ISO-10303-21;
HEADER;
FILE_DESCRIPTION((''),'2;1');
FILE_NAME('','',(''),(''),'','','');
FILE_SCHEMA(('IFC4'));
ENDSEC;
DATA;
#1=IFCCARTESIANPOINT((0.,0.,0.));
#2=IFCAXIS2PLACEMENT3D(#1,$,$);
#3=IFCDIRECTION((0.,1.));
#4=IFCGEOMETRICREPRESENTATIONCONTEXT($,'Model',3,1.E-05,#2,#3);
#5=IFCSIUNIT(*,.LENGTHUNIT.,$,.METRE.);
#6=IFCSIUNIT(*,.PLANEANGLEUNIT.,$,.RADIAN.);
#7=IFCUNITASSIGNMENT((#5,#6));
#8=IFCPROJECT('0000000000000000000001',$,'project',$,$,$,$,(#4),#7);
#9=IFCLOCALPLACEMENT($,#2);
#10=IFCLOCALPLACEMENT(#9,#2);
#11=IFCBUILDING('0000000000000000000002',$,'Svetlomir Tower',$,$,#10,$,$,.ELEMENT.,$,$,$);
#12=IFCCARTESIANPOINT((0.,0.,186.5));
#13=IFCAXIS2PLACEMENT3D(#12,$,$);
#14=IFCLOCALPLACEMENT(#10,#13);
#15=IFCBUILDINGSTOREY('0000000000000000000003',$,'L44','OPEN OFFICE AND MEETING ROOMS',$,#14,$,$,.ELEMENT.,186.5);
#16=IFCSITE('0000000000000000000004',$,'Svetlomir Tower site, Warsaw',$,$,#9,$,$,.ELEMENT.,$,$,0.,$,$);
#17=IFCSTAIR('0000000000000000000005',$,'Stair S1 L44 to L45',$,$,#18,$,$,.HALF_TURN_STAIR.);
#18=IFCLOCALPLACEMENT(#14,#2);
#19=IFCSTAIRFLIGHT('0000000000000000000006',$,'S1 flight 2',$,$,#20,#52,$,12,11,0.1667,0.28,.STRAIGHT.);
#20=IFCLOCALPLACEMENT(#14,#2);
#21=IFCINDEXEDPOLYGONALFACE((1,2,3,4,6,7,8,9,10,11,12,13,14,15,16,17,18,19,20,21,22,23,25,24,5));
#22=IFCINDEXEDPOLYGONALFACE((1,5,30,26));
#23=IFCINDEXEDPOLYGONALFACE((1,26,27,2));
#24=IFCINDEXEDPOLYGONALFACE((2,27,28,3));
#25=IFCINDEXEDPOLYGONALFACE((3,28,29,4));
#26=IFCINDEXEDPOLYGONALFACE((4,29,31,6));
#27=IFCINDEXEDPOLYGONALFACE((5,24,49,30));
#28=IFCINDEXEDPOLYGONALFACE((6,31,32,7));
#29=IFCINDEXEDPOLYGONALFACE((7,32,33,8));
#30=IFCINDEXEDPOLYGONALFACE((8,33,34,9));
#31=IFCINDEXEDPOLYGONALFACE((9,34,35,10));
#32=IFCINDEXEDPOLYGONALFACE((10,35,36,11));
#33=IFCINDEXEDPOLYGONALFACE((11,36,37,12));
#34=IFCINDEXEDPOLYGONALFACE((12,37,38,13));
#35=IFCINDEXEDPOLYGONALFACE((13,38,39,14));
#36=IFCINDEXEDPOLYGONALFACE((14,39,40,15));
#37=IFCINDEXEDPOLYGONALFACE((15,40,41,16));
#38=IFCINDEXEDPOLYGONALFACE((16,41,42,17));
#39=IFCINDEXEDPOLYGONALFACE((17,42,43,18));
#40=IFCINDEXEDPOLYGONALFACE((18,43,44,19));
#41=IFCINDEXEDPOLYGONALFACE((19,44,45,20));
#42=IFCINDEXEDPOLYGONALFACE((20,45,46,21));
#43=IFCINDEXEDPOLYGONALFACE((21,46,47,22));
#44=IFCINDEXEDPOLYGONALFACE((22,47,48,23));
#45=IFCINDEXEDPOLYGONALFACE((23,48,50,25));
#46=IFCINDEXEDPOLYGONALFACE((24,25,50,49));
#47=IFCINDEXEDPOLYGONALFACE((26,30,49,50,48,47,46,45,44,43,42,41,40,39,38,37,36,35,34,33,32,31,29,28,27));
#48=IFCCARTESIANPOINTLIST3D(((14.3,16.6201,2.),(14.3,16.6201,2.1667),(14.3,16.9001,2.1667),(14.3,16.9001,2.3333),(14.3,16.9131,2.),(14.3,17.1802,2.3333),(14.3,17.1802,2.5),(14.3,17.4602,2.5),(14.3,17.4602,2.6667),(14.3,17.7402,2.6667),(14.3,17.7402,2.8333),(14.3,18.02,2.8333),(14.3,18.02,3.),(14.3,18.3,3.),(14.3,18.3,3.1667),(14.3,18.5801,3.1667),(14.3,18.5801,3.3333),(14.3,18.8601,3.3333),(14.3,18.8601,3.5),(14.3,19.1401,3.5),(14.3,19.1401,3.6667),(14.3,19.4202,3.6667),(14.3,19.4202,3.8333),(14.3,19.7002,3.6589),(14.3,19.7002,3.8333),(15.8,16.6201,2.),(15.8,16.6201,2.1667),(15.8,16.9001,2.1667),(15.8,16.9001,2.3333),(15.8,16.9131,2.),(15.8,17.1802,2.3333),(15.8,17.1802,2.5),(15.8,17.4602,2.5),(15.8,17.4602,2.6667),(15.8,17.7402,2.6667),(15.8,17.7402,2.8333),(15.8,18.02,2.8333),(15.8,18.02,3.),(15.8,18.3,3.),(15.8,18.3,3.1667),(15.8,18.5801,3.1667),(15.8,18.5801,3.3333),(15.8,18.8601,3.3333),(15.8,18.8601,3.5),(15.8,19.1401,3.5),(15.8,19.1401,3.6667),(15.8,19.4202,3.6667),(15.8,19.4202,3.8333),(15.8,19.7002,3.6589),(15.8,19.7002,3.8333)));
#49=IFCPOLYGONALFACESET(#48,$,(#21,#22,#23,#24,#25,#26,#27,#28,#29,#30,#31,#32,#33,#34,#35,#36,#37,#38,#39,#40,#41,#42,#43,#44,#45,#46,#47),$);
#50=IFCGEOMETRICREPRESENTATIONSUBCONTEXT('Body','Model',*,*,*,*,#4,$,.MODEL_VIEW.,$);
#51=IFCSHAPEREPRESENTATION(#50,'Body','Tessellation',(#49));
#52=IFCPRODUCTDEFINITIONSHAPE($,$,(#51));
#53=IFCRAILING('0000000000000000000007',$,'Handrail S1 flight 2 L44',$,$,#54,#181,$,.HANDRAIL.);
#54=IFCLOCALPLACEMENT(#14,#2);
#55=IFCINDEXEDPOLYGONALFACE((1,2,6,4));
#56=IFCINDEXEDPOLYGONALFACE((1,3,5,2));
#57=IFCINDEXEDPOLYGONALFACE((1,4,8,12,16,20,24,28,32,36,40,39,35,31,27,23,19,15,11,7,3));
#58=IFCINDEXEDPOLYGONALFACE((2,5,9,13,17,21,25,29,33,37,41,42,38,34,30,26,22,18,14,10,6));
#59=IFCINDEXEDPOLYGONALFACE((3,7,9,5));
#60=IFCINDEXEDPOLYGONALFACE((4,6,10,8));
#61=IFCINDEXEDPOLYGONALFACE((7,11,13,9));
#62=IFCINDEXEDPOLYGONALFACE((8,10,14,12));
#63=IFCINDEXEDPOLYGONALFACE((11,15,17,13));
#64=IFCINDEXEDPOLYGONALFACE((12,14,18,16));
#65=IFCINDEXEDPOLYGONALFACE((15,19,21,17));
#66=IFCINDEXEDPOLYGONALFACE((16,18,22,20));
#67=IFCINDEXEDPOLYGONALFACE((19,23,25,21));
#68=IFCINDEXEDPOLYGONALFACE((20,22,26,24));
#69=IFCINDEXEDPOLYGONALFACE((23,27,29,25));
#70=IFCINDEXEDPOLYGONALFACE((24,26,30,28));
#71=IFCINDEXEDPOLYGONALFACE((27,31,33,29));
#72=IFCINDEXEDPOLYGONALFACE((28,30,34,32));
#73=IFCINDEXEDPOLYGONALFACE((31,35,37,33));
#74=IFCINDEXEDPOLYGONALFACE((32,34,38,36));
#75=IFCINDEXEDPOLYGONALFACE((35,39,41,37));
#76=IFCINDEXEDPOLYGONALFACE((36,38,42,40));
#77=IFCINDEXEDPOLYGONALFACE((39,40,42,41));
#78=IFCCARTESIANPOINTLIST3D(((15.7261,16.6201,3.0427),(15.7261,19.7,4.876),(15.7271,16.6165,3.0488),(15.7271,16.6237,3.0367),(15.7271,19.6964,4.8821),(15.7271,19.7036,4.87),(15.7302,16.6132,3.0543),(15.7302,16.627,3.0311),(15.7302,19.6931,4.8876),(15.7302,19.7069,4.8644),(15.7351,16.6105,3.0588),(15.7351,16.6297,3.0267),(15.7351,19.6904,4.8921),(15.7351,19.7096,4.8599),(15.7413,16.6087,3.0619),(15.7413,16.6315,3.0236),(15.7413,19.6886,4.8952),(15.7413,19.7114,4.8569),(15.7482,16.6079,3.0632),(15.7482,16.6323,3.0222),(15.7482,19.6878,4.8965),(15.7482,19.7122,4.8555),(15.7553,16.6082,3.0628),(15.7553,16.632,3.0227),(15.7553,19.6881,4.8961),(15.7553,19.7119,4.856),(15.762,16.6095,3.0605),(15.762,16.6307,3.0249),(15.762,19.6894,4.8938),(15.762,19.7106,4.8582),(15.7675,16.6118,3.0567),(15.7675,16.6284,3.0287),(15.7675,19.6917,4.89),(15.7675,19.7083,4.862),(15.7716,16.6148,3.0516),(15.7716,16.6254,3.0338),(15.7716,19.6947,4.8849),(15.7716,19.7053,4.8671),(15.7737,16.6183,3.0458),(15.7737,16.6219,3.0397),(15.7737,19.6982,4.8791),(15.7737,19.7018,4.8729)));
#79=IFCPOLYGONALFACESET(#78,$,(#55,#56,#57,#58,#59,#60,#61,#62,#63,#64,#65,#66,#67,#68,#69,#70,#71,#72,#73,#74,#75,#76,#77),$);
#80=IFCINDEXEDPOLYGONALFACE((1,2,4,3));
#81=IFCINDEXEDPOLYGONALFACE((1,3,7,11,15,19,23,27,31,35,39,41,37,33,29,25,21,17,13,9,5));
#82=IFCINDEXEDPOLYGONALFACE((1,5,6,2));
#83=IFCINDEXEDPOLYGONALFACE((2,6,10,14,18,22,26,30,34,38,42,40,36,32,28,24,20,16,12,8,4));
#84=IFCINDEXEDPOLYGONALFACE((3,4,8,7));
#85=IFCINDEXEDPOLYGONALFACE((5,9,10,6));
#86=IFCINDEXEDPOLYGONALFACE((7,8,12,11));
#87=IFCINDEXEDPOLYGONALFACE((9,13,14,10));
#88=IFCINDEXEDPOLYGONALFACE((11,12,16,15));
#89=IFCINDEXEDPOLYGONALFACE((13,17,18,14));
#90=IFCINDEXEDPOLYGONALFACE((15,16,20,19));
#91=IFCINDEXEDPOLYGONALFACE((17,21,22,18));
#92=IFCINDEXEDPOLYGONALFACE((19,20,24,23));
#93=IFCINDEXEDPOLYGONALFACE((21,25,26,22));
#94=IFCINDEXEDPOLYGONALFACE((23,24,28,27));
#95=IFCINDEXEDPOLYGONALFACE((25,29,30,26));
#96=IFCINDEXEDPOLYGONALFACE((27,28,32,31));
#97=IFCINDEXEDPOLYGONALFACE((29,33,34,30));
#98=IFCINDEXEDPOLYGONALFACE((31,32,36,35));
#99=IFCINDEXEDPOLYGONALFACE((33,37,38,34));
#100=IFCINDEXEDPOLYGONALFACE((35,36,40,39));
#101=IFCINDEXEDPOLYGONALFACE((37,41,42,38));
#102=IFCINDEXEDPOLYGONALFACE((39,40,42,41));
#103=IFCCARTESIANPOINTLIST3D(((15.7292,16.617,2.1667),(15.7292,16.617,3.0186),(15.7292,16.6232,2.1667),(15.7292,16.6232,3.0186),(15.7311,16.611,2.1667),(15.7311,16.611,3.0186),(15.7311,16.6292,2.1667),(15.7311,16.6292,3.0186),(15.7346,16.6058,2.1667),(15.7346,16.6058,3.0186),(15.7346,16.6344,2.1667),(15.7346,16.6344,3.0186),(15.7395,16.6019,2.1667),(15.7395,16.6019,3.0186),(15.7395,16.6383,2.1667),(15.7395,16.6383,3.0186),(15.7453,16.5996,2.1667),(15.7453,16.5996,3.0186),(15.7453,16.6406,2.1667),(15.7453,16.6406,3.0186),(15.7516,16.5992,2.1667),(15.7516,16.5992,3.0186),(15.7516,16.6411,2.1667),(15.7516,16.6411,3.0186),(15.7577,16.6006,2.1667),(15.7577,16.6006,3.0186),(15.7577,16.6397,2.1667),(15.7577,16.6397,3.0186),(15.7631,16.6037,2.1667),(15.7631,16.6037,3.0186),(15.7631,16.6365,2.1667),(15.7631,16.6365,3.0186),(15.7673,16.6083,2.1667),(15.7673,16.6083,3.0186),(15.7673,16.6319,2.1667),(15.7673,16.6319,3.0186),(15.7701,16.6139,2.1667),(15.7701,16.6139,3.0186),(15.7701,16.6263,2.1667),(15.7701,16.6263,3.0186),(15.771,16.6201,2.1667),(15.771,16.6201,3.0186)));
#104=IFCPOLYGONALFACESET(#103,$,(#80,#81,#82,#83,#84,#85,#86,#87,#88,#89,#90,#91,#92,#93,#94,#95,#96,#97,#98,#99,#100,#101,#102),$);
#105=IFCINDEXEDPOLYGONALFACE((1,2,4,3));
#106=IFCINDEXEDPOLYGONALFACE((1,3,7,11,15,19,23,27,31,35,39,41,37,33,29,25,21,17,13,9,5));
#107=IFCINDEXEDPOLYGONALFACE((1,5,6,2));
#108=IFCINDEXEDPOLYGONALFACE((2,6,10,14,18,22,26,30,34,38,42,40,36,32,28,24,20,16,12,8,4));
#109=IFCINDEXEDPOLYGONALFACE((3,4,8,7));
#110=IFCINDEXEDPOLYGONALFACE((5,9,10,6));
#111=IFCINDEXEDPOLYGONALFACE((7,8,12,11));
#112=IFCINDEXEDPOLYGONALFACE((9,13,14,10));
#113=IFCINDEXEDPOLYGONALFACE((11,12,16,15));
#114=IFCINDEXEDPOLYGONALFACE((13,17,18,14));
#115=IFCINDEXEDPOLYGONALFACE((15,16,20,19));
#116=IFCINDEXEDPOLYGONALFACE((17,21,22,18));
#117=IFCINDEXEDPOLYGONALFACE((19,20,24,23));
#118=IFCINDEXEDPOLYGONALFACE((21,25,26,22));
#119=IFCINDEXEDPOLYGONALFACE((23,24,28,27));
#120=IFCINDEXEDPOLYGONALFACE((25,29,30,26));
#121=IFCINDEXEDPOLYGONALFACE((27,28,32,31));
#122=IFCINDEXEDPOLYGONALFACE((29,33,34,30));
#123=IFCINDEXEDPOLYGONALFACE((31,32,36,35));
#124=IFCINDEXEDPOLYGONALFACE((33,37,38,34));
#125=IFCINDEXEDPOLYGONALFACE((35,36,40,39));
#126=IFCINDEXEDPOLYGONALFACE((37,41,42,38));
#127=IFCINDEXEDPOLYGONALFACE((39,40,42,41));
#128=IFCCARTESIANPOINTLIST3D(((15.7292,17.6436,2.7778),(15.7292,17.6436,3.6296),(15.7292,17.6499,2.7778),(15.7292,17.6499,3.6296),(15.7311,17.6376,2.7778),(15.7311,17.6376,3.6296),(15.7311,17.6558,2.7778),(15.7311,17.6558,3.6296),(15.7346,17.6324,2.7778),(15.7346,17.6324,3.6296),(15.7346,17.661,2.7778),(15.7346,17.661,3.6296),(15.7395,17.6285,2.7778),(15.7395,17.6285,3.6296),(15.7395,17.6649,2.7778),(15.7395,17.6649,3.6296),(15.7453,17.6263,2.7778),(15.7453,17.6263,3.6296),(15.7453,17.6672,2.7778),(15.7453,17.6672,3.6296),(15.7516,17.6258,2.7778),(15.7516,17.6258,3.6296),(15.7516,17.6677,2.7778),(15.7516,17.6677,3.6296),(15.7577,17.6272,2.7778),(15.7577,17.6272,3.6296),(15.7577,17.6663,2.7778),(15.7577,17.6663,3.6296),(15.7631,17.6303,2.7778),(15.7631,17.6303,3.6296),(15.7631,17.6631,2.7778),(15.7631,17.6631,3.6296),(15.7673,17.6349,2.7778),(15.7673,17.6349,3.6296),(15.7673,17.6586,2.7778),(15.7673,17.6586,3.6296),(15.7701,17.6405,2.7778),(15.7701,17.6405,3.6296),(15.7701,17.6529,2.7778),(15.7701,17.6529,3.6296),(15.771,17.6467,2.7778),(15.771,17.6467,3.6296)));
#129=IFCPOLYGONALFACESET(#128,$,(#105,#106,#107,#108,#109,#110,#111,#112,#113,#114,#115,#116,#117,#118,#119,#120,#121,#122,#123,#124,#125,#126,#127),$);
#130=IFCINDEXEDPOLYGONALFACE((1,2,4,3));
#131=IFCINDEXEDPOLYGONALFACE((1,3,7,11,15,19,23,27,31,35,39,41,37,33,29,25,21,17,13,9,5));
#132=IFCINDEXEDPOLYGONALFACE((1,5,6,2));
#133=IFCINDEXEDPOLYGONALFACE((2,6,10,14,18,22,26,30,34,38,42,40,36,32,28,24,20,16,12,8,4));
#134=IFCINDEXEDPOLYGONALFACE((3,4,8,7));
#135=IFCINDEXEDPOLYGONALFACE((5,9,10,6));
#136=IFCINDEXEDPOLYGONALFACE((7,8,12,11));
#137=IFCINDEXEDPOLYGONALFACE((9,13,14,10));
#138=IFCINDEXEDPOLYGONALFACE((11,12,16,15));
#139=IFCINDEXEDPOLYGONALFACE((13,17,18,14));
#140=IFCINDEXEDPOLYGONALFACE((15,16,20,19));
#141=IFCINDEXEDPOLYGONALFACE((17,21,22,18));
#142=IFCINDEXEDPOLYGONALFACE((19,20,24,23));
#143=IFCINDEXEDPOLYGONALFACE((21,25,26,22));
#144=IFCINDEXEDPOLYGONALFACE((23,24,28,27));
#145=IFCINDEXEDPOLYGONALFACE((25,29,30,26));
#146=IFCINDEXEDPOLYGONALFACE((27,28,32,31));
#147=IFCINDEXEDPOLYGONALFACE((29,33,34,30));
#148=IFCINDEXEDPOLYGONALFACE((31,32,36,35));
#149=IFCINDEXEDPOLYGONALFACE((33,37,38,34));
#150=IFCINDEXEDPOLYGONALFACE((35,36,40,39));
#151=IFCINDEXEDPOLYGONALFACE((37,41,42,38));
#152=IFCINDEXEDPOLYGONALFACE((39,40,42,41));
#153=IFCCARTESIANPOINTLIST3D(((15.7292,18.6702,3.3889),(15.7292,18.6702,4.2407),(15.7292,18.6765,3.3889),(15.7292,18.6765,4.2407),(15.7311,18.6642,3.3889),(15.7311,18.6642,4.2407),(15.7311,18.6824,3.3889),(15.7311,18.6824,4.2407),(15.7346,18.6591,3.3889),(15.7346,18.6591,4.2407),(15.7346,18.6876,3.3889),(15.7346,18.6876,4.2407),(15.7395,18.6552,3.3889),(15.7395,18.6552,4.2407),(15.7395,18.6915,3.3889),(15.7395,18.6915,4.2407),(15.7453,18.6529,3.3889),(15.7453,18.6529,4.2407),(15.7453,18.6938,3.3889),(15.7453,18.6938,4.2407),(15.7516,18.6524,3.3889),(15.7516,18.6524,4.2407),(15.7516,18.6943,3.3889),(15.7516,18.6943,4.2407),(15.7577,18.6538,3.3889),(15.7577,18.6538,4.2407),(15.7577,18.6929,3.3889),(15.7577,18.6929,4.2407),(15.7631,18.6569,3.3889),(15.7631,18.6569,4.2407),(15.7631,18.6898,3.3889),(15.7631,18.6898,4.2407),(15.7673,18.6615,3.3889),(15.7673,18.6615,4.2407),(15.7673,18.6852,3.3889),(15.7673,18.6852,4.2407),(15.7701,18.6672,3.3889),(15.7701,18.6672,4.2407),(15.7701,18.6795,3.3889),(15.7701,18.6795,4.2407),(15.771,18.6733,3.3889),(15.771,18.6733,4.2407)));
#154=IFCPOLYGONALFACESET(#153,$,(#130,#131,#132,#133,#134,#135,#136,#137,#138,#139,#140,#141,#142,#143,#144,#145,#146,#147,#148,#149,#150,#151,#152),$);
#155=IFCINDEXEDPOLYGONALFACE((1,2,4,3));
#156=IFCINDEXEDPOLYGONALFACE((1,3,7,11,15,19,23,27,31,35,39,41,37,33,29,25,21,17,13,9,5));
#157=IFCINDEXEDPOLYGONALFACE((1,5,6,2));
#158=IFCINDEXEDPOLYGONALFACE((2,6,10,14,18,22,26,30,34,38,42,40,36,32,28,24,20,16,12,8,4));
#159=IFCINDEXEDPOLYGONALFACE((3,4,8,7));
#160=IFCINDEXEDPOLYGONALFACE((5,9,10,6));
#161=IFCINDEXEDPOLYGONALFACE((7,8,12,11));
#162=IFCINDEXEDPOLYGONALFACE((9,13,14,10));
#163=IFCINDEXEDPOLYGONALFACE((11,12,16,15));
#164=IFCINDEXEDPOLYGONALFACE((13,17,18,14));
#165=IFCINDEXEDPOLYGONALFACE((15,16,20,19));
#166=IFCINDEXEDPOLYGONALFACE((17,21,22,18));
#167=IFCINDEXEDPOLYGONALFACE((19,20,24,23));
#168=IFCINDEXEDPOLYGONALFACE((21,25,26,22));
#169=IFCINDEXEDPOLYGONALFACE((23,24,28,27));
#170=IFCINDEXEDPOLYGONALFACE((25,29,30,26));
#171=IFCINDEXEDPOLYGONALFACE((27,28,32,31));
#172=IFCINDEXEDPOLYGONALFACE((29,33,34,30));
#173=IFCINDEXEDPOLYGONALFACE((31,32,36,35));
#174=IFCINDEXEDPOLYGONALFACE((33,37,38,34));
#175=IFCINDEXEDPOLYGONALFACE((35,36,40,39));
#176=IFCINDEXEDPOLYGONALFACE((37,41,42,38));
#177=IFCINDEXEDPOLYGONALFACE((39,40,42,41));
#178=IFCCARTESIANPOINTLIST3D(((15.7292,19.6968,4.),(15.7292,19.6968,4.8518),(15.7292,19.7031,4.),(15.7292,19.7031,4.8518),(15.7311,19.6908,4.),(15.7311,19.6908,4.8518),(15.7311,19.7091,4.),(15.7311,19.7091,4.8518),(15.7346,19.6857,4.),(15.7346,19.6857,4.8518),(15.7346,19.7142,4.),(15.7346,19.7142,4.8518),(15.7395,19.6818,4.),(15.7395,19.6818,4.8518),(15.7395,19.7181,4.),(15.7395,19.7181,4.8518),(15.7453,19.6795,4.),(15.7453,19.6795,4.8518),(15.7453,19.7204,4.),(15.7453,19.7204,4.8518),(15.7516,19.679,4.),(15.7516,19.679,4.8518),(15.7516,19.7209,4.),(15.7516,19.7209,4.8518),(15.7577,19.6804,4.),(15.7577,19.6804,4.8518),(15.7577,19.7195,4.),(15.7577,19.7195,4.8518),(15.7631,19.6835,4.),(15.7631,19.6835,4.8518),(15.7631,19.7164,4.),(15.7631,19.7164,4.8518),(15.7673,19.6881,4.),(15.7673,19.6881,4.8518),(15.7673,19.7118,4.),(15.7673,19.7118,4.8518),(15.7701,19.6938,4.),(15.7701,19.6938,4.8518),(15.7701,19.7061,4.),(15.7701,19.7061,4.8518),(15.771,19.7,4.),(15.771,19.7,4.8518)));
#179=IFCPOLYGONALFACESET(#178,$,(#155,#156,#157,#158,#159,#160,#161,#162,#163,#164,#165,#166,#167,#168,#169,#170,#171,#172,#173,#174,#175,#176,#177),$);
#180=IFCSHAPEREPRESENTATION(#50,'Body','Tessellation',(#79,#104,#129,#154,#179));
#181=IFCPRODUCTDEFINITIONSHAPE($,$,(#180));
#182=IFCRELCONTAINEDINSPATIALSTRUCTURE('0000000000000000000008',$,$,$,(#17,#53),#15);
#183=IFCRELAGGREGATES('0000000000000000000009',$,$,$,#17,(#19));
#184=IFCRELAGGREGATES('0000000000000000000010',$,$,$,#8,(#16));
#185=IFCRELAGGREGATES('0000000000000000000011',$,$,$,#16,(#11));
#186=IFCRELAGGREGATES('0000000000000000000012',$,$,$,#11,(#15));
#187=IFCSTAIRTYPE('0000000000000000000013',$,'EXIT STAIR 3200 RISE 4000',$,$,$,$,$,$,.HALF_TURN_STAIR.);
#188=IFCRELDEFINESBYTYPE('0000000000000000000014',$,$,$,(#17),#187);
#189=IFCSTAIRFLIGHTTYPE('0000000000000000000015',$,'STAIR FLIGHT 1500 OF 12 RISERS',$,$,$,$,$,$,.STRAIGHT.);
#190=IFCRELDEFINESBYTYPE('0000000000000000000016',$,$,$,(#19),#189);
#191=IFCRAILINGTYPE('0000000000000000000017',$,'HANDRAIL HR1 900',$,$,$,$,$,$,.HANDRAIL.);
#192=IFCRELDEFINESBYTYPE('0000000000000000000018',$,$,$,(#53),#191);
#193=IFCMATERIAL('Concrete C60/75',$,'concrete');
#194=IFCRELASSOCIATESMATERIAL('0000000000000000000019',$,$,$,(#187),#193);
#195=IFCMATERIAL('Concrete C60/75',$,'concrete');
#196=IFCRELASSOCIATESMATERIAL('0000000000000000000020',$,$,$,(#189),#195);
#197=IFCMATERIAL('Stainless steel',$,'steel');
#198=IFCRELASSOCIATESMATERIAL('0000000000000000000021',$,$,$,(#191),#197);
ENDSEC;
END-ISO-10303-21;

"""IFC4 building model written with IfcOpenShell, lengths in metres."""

from ifc_helpers import new_model, si_unit, direction, frame, origin, origin_2d, place, context, subcontext, project, spatial, polyline, circle, outline, extrude, material, type_object, element, aggregate, save


model = new_model("IFC4")

# Units and contexts
model_context = context("Model", 3, precision=1e-05, world=origin(), true_north=direction((0.0, 1.0)))
body_context = subcontext(model_context, "Body", "Model", "MODEL_VIEW")
ifc_project = project(units=[si_unit("LENGTHUNIT", "METRE"), si_unit("PLANEANGLEUNIT", "RADIAN")], contexts=[model_context])

# Site, building, storey
site_placement = place(None, origin())
site = spatial("IfcSite", under=ifc_project, at=site_placement, Name="Svetlomir Tower site, Warsaw", CompositionType="ELEMENT", RefElevation=0.0)
building_placement = place(site_placement, origin())
building = spatial("IfcBuilding", under=site, at=building_placement, Name="Svetlomir Tower", CompositionType="ELEMENT")
storey_placement = place(building_placement, frame((0.0, 0.0, 186.5)))
storey = spatial("IfcBuildingStorey", under=building, at=storey_placement, Name="L44", Description="OPEN OFFICE AND MEETING ROOMS", CompositionType="ELEMENT", Elevation=186.5)

# Stair, stair flight
ifc_material_1 = material(Name="Concrete C60/75", Category="concrete")
stair_type = type_object("IfcStairType", Name="EXIT STAIR 3200 RISE 4000", PredefinedType="HALF_TURN_STAIR", material=ifc_material_1)
stair_placement = place(storey_placement, origin())
stair = element("IfcStair", 1, at=stair_placement, inside=storey, type_object=stair_type, Name="Stair S1 L44 to L45", PredefinedType="HALF_TURN_STAIR")
ifc_material_2 = material(Name="Concrete C60/75", Category="concrete")
stair_flight_type = type_object("IfcStairFlightType", Name="STAIR FLIGHT 1500 OF 12 RISERS", PredefinedType="STRAIGHT", material=ifc_material_2)
stair_flight_placement = place(storey_placement, frame((15.05, 16.6201, 2.0), z_axis=(0.0, 0.0, 1.0), x_axis=(0.0, 1.0, 0.0)))
stair_flight = element("IfcStairFlight", 2, at=stair_flight_placement, type_object=stair_flight_type, Name="S1 flight 2", NumberOfRisers=12, NumberOfTreads=11, PredefinedType="STRAIGHT", RiserHeight=0.1667, TreadLength=0.28, context=body_context, shape_type="SweptSolid", body=[
    extrude(outline(polyline([(0.0, 0.0), (0.0, 0.1667), (0.28, 0.1667), (0.28, 0.3333), (0.5601, 0.3333), (0.5601, 0.5), (0.8401, 0.5), (0.8401, 0.6667), (1.1201, 0.6667), (1.1201, 0.8333), (1.3999, 0.8333), (1.3999, 1.0), (1.6799, 1.0), (1.6799, 1.1667), (1.96, 1.1667), (1.96, 1.3333), (2.24, 1.3333), (2.24, 1.5), (2.52, 1.5), (2.52, 1.6667), (2.8, 1.6667), (2.8, 1.8333), (3.0801, 1.8333), (3.0801, 2.0), (3.0801, 1.6589), (0.293, 0.0), (0.0, 0.0)])), frame((0.0, 0.75, 0.0), z_axis=(0.0, -1.0, 0.0), x_axis=(1.0, 0.0, 0.0)), (0.0, 0.0, 1.0), 1.5),
])
aggregate(stair, [stair_flight])

# Railing
ifc_material_3 = material(Name="Stainless steel", Category="steel")
railing_type = type_object("IfcRailingType", Name="HANDRAIL HR1 900", PredefinedType="HANDRAIL", material=ifc_material_3)
railing_placement = place(storey_placement, frame((15.75, 16.6201, 2.1667)))
element("IfcRailing", 3, at=railing_placement, inside=storey, type_object=railing_type, Name="Handrail S1 flight 2 L44", PredefinedType="HANDRAIL", context=body_context, shape_type="SweptSolid", body=[
    extrude(circle(Radius=0.0239, at=origin_2d()), frame((0.0, 0.0, 0.876), z_axis=(0.0, 0.859291, 0.511487), x_axis=(-1.0, 0.0, 0.0)), (0.0, 0.0, 1.0), 3.5842),
    extrude(circle(Radius=0.021, at=origin_2d()), origin(), (0.0, 0.0, 1.0), 0.8518),
    extrude(circle(Radius=0.021, at=origin_2d()), frame((0.0, 1.0266, 0.6111)), (0.0, 0.0, 1.0), 0.8518),
    extrude(circle(Radius=0.021, at=origin_2d()), frame((0.0, 2.0532, 1.2222)), (0.0, 0.0, 1.0), 0.8518),
    extrude(circle(Radius=0.021, at=origin_2d()), frame((0.0, 3.0798, 1.8333)), (0.0, 0.0, 1.0), 0.8518),
])

save(model, "model.ifc")
